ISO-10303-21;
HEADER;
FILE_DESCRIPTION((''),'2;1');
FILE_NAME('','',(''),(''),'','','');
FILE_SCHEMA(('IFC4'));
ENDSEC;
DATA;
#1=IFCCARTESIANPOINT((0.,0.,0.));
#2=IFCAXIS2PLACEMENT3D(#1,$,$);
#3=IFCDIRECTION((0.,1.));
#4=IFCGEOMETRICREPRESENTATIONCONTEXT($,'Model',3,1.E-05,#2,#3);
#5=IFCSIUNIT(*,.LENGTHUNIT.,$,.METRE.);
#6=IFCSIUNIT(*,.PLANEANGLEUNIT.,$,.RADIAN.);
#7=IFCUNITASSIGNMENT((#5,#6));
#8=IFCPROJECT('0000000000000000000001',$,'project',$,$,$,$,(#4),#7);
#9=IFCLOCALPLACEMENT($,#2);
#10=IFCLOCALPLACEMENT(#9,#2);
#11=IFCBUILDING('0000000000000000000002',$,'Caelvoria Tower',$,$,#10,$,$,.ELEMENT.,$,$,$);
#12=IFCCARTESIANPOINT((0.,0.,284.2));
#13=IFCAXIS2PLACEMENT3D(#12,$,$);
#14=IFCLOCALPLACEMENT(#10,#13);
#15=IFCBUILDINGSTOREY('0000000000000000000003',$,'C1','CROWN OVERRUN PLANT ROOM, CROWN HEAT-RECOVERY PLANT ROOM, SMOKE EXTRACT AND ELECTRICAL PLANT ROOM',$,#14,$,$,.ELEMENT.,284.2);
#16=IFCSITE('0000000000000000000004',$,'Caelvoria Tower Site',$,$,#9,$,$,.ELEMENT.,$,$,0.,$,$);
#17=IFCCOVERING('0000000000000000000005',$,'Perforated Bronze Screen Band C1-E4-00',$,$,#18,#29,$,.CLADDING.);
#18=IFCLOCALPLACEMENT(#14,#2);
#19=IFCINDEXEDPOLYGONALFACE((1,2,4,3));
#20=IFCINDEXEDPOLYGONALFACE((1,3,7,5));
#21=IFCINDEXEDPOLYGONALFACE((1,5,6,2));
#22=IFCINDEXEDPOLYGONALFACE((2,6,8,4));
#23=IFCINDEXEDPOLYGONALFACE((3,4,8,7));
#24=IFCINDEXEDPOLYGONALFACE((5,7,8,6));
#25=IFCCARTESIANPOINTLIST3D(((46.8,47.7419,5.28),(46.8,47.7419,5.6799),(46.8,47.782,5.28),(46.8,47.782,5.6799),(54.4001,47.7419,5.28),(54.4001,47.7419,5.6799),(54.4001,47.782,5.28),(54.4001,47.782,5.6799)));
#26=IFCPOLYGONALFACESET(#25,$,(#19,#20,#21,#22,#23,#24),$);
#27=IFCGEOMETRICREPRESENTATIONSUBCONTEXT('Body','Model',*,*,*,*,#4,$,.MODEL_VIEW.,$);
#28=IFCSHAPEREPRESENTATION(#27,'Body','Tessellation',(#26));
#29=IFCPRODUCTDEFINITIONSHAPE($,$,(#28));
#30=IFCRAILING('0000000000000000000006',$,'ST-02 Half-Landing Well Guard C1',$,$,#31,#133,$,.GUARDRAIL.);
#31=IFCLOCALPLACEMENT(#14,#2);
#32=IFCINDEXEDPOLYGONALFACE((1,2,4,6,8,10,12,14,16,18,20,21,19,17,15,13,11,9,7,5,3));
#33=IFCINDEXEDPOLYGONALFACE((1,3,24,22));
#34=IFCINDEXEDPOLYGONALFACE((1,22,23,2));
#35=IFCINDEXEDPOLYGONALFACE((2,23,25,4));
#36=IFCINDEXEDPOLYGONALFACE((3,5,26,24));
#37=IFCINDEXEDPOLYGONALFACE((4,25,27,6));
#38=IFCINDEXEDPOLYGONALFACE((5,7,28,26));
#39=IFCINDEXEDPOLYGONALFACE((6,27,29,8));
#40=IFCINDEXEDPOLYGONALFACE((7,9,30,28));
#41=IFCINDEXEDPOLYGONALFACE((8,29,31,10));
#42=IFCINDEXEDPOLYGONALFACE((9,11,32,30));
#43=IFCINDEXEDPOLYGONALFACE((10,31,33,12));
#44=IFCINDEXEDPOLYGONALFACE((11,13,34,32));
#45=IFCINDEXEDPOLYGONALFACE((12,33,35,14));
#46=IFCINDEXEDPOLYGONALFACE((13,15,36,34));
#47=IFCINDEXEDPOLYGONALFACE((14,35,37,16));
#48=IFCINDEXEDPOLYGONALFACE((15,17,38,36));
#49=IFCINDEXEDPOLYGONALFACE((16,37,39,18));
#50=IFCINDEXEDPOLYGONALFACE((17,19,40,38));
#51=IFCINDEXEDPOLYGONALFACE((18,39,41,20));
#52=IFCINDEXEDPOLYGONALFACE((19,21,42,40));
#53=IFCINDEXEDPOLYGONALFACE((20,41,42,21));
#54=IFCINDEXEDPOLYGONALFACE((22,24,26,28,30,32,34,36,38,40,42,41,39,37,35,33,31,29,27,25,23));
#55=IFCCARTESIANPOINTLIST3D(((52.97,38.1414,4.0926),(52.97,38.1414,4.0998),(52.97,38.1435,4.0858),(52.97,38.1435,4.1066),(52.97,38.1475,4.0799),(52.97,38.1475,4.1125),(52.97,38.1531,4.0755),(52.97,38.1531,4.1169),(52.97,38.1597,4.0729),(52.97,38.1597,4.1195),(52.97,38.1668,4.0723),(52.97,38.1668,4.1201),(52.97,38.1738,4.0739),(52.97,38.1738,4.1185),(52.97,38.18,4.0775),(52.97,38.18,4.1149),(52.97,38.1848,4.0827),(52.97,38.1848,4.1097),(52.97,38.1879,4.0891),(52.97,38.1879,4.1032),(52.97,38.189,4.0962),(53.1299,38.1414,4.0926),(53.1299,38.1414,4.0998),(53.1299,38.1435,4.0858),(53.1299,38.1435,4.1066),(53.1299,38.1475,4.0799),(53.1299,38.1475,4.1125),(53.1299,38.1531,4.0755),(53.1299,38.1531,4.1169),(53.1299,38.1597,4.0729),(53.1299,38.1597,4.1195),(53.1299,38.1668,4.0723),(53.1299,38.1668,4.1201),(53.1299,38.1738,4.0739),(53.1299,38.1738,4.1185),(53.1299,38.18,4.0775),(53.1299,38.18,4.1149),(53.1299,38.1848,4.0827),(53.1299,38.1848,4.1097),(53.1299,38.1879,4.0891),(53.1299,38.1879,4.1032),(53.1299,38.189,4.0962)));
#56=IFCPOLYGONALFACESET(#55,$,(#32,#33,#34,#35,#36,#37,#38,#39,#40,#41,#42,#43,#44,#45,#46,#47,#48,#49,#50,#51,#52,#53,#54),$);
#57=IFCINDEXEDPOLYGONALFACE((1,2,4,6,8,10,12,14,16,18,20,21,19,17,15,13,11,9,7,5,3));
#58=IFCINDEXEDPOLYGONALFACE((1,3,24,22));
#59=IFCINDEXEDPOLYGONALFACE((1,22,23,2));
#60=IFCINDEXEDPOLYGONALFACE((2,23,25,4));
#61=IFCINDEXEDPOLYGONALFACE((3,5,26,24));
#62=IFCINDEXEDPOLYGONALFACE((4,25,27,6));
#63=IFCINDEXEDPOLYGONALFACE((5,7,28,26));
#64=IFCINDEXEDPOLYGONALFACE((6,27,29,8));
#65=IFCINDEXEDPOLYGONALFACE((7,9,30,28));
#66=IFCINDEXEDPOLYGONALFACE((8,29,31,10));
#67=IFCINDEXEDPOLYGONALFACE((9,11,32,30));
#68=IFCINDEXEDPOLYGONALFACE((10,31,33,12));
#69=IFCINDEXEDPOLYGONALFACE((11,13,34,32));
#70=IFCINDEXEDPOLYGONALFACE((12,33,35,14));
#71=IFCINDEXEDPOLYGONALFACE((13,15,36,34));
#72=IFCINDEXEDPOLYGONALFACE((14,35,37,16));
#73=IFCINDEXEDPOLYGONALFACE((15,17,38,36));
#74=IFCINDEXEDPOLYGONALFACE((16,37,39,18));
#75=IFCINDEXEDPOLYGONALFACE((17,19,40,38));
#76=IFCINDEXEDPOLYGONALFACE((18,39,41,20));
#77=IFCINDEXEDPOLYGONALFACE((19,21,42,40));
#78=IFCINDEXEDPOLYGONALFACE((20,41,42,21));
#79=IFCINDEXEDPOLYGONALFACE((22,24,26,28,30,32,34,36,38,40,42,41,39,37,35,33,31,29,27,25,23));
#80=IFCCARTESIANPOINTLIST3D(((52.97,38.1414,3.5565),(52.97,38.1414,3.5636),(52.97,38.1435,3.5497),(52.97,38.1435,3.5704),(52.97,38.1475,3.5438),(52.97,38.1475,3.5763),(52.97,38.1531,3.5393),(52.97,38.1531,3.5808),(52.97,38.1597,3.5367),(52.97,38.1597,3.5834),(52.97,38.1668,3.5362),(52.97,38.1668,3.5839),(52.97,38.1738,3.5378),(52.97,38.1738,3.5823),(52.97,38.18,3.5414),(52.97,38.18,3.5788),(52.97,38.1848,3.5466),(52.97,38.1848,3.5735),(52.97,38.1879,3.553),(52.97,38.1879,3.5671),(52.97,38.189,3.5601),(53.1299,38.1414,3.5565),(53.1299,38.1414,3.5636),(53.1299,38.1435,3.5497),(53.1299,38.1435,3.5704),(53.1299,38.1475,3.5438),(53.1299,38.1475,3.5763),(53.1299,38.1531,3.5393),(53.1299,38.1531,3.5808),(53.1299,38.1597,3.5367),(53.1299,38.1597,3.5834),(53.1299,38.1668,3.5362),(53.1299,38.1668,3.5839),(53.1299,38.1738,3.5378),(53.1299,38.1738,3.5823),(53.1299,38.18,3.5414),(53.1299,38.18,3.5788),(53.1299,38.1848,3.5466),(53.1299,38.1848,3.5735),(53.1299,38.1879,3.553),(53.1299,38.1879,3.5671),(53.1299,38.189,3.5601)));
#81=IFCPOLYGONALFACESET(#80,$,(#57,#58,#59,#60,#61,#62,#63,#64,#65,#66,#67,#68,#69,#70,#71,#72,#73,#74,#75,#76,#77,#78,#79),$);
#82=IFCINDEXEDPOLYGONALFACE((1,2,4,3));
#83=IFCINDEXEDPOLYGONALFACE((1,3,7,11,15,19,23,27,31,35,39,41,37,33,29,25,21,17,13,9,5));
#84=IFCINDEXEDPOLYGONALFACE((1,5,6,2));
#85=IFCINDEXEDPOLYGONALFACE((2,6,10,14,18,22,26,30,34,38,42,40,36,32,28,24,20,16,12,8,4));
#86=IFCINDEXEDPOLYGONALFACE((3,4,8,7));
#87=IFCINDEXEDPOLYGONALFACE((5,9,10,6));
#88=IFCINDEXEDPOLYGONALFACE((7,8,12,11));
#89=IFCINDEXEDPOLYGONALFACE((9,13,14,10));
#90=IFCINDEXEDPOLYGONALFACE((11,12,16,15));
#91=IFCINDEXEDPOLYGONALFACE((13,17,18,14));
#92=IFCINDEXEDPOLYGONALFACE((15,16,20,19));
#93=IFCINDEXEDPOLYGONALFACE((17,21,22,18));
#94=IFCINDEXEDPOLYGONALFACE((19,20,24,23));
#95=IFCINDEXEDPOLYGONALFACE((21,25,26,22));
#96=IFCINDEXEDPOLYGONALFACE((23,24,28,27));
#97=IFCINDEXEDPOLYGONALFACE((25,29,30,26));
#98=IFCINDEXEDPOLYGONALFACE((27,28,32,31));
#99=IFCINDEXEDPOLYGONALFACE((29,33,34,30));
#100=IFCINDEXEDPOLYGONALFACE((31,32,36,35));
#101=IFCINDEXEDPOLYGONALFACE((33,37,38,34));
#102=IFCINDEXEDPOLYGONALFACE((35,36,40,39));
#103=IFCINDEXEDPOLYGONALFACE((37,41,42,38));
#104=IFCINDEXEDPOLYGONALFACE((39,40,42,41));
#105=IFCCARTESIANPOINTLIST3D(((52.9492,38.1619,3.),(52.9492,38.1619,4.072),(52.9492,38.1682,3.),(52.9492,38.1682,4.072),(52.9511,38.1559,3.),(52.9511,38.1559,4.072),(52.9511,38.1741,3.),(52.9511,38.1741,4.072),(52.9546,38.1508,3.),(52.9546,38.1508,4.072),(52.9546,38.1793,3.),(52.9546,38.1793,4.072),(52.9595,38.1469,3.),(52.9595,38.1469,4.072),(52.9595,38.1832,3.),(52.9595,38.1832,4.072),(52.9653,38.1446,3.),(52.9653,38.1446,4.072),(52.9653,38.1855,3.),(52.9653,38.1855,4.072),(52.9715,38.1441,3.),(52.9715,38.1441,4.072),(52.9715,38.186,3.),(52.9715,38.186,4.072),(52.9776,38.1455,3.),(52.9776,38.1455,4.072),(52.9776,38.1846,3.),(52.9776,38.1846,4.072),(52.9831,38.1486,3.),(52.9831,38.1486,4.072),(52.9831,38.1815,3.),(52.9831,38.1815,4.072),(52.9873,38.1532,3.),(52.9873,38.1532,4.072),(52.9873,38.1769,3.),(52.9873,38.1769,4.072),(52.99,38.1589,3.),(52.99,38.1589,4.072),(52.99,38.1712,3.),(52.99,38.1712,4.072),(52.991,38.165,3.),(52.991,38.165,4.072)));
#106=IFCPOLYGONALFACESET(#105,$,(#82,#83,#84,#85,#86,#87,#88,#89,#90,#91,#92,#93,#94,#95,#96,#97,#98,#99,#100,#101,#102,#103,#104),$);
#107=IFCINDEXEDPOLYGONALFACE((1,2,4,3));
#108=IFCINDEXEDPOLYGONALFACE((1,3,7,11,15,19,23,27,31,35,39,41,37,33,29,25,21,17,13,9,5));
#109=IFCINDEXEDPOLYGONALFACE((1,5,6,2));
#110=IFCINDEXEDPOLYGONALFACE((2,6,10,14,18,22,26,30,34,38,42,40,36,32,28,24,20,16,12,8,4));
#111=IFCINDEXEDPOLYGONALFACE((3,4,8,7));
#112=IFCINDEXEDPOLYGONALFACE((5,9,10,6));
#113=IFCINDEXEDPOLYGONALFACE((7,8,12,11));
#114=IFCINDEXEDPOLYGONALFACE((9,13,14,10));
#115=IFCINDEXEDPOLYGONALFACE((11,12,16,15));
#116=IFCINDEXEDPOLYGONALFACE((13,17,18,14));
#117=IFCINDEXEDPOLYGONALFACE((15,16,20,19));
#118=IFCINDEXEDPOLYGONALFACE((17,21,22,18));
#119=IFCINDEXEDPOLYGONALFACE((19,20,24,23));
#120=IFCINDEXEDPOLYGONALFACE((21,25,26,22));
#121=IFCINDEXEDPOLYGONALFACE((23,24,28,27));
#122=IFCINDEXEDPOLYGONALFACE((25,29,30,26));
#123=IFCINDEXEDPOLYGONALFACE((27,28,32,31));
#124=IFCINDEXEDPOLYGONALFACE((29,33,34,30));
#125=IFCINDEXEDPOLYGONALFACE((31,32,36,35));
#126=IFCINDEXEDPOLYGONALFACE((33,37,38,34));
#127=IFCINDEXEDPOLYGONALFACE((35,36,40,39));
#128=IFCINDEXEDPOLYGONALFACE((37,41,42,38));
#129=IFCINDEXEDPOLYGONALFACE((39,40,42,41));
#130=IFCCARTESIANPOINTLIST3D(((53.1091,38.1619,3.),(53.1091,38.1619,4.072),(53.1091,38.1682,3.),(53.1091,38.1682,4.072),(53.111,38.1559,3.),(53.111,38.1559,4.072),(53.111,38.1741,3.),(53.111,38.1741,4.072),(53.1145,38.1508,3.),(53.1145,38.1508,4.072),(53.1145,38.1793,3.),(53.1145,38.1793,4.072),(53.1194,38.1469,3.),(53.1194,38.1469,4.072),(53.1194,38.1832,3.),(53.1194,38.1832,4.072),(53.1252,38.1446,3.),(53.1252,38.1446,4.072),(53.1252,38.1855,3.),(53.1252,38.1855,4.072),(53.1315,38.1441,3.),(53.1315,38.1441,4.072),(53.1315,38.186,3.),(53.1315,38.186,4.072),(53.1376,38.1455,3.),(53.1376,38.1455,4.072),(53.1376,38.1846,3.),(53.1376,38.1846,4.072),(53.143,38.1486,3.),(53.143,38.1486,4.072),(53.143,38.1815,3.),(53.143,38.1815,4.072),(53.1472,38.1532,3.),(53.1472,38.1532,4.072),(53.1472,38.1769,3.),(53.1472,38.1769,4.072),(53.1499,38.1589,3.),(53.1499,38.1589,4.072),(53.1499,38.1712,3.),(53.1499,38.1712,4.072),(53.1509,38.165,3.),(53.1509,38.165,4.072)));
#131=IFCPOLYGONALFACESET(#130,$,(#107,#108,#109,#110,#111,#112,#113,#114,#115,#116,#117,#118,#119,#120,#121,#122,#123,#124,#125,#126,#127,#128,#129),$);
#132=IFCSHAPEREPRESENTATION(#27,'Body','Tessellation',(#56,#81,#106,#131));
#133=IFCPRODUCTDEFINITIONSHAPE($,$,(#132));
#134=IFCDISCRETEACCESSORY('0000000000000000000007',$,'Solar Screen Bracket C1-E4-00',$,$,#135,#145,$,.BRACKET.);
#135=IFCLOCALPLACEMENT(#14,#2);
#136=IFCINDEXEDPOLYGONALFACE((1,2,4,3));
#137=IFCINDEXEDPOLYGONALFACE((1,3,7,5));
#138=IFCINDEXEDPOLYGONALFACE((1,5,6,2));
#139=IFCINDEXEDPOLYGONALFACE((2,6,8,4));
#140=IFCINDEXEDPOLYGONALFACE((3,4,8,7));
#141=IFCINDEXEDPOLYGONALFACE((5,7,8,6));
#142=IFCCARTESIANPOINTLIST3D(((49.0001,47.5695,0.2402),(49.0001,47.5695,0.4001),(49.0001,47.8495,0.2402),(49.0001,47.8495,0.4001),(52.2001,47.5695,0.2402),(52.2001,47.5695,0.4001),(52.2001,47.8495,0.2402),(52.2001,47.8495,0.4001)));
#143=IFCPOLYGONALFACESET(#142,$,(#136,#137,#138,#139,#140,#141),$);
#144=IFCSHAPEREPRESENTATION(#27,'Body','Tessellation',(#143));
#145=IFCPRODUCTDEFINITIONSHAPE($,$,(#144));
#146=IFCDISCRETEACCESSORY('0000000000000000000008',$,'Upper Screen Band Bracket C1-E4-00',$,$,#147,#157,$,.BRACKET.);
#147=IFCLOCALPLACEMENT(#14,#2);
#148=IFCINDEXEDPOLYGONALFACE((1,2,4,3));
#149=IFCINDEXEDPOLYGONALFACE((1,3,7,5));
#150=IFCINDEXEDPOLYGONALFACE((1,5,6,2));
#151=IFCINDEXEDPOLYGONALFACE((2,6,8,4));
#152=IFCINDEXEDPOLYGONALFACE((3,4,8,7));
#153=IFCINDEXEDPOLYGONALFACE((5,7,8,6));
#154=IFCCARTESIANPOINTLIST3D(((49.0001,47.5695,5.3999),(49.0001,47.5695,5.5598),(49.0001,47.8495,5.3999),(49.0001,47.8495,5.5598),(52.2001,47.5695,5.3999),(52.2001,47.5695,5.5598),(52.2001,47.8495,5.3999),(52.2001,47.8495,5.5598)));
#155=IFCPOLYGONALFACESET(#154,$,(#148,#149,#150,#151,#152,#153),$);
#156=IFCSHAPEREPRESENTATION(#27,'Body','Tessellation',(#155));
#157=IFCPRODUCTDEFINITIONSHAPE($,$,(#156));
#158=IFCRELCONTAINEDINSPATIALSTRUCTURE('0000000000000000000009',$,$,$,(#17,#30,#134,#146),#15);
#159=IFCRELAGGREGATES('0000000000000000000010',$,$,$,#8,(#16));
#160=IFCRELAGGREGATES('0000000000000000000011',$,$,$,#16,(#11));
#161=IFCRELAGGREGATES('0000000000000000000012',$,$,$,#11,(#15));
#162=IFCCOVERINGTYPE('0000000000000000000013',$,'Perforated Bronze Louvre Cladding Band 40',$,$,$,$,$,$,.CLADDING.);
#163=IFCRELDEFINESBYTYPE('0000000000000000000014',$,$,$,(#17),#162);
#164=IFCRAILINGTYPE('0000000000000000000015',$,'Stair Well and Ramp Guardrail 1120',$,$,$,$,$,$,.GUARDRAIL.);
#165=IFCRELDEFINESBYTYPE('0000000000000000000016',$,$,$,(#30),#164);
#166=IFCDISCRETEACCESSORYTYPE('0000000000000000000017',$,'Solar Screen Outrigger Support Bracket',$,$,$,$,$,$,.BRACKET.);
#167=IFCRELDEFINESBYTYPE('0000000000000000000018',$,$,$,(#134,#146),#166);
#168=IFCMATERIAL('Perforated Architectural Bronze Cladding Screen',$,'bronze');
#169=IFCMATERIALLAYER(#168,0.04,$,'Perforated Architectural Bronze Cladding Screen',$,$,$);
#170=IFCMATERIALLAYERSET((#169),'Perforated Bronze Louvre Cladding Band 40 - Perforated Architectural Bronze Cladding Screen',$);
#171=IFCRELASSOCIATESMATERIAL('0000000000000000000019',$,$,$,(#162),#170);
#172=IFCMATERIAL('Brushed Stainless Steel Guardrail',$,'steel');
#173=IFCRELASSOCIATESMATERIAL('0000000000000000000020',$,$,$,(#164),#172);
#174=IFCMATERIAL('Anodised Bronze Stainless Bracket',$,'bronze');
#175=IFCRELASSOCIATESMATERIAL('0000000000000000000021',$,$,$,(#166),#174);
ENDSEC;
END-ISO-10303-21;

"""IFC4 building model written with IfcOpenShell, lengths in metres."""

from ifc_helpers import new_model, si_unit, direction, frame, origin, origin_2d, place, context, subcontext, project, spatial, rectangle, circle, extrude, material, layer, layer_set, type_object, element, save


model = new_model("IFC4")

# Units and contexts
model_context = context("Model", 3, precision=1e-05, world=origin(), true_north=direction((0.0, 1.0)))
body_context = subcontext(model_context, "Body", "Model", "MODEL_VIEW")
ifc_project = project(units=[si_unit("LENGTHUNIT", "METRE"), si_unit("PLANEANGLEUNIT", "RADIAN")], contexts=[model_context])

# Site, building, storey
site_placement = place(None, origin())
site = spatial("IfcSite", under=ifc_project, at=site_placement, Name="Caelvoria Tower Site", CompositionType="ELEMENT", RefElevation=0.0)
building_placement = place(site_placement, origin())
building = spatial("IfcBuilding", under=site, at=building_placement, Name="Caelvoria Tower", CompositionType="ELEMENT")
storey_placement = place(building_placement, frame((0.0, 0.0, 284.2)))
storey = spatial("IfcBuildingStorey", under=building, at=storey_placement, Name="C1", Description="CROWN OVERRUN PLANT ROOM, CROWN HEAT-RECOVERY PLANT ROOM, SMOKE EXTRACT AND ELECTRICAL PLANT ROOM", CompositionType="ELEMENT", Elevation=284.2)

# Covering
ifc_material_1 = material(Name="Perforated Architectural Bronze Cladding Screen", Category="bronze")
ifc_layer_1 = layer(ifc_material_1, 0.04, Name="Perforated Architectural Bronze Cladding Screen")
ifc_layer_set_1 = layer_set([ifc_layer_1], Name="Perforated Bronze Louvre Cladding Band 40 - Perforated Architectural Bronze Cladding Screen")
covering_type = type_object("IfcCoveringType", Name="Perforated Bronze Louvre Cladding Band 40", PredefinedType="CLADDING", material=ifc_layer_set_1)
covering_placement = place(storey_placement, frame((50.6001, 47.762, 5.28), z_axis=(0.0, 0.0, 1.0), x_axis=(-1.0, 0.0, 0.0)))
element("IfcCovering", 1, at=covering_placement, inside=storey, type_object=covering_type, Name="Perforated Bronze Screen Band C1-E4-00", PredefinedType="CLADDING", context=body_context, shape_type="SweptSolid", body=[
    extrude(rectangle(XDim=7.6001, YDim=0.04, at=origin_2d()), origin(), (0.0, 0.0, 1.0), 0.3999),
])

# Railing
ifc_material_2 = material(Name="Brushed Stainless Steel Guardrail", Category="steel")
railing_type_1 = type_object("IfcRailingType", Name="Stair Well and Ramp Guardrail 1120", PredefinedType="GUARDRAIL", material=ifc_material_2)
railing_1_placement = place(storey_placement, frame((52.97, 38.165, 3.0)))
element("IfcRailing", 2, at=railing_1_placement, inside=storey, type_object=railing_type_1, Name="ST-02 Half-Landing Well Guard C1", PredefinedType="GUARDRAIL", context=body_context, shape_type="SweptSolid", body=[
    extrude(circle(Radius=0.0239, at=origin_2d()), frame((0.0, 0.0, 1.0962), z_axis=(1.0, 0.0, 0.0), x_axis=(0.0, 1.0, 0.0)), (0.0, 0.0, 1.0), 0.1599),
    extrude(circle(Radius=0.0239, at=origin_2d()), frame((0.0, 0.0, 0.5601), z_axis=(1.0, 0.0, 0.0), x_axis=(0.0, 1.0, 0.0)), (0.0, 0.0, 1.0), 0.1599),
    extrude(circle(Radius=0.021, at=origin_2d()), origin(), (0.0, 0.0, 1.0), 1.072),
    extrude(circle(Radius=0.021, at=origin_2d()), frame((0.1599, 0.0, 0.0)), (0.0, 0.0, 1.0), 1.072),
])

# Discrete accessories
ifc_material_3 = material(Name="Anodised Bronze Stainless Bracket", Category="bronze")
discrete_accessory_type = type_object("IfcDiscreteAccessoryType", Name="Solar Screen Outrigger Support Bracket", PredefinedType="BRACKET", material=ifc_material_3)
for number, where, z_axis, x_axis, name in (
    (3, (50.6001, 47.7095, 0.2402), (0.0, 0.0, 1.0), (-1.0, 0.0, 0.0), "Solar Screen Bracket C1-E4-00"),
    (4, (50.6001, 47.7095, 5.3999), (0.0, 0.0, 1.0), (-1.0, 0.0, 0.0), "Upper Screen Band Bracket C1-E4-00"),
):
    element("IfcDiscreteAccessory", number, at=place(storey_placement, frame(where, z_axis=z_axis, x_axis=x_axis)), inside=storey, type_object=discrete_accessory_type, Name=name, PredefinedType="BRACKET", context=body_context, shape_type="SweptSolid", body=[
        extrude(rectangle(XDim=3.2, YDim=0.28, at=origin_2d()), origin(), (0.0, 0.0, 1.0), 0.1599),
    ])

save(model, "model.ifc")
